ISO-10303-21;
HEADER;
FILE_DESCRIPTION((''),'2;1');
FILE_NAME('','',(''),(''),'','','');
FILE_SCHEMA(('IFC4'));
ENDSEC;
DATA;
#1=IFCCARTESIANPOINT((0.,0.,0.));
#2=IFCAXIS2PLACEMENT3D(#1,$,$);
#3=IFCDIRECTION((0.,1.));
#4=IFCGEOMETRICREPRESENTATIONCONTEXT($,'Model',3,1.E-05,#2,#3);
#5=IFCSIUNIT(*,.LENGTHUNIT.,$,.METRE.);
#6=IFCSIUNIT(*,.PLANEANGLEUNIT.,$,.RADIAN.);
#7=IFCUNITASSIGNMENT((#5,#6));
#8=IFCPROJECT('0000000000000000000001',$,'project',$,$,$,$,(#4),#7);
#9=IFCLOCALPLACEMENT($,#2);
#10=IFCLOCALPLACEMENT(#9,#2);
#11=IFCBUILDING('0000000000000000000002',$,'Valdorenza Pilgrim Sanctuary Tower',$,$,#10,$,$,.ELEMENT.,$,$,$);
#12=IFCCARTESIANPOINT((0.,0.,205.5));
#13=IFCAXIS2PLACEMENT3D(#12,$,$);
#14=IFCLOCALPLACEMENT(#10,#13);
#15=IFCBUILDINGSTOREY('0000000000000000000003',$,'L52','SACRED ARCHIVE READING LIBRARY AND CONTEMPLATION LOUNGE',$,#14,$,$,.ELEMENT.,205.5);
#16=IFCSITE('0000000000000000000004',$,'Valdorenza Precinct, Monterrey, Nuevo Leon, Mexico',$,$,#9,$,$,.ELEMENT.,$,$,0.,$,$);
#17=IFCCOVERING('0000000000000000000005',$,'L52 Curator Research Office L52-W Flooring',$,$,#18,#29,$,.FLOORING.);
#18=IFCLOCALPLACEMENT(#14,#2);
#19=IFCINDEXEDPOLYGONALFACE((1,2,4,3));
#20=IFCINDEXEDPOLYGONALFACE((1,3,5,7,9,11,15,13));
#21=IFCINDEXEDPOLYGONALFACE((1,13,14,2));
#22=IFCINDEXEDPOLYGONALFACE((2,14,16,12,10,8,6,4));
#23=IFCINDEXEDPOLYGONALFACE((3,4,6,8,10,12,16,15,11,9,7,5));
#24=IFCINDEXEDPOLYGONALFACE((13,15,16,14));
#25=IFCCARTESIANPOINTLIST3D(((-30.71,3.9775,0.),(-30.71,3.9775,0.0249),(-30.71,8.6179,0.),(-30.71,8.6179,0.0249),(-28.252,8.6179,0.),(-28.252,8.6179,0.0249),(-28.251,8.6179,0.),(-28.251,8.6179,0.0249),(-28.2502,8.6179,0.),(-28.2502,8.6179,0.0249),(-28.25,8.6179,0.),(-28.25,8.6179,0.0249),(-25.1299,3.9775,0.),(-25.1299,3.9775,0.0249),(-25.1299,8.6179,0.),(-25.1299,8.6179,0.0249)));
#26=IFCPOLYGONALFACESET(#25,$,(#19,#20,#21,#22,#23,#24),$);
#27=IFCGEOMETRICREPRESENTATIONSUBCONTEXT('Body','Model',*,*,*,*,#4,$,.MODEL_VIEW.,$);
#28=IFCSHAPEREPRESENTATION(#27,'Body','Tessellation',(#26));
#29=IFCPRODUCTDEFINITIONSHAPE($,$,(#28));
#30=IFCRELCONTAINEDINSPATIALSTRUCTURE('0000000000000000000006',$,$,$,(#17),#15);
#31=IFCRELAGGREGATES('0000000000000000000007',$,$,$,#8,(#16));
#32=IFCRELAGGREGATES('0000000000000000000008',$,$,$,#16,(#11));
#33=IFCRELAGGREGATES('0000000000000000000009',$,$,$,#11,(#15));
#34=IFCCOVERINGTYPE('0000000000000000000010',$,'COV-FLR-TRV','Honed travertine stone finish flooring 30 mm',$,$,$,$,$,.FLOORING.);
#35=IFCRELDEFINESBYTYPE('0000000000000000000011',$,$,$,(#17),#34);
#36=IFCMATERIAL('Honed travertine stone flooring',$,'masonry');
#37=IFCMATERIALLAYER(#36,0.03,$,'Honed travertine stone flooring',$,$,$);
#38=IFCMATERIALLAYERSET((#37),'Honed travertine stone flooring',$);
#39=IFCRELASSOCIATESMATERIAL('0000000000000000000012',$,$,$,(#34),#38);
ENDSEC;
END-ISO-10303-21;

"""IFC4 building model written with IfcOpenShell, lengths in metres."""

from ifc_helpers import new_model, si_unit, direction, frame, origin, place, context, subcontext, project, spatial, polyline, outline, extrude, material, layer, layer_set, type_object, element, save


model = new_model("IFC4")

# Units and contexts
model_context = context("Model", 3, precision=1e-05, world=origin(), true_north=direction((0.0, 1.0)))
body_context = subcontext(model_context, "Body", "Model", "MODEL_VIEW")
ifc_project = project(units=[si_unit("LENGTHUNIT", "METRE"), si_unit("PLANEANGLEUNIT", "RADIAN")], contexts=[model_context])

# Site, building, storey
site_placement = place(None, origin())
site = spatial("IfcSite", under=ifc_project, at=site_placement, Name="Valdorenza Precinct, Monterrey, Nuevo Leon, Mexico", CompositionType="ELEMENT", RefElevation=0.0)
building_placement = place(site_placement, origin())
building = spatial("IfcBuilding", under=site, at=building_placement, Name="Valdorenza Pilgrim Sanctuary Tower", CompositionType="ELEMENT")
storey_placement = place(building_placement, frame((0.0, 0.0, 205.5)))
storey = spatial("IfcBuildingStorey", under=building, at=storey_placement, Name="L52", Description="SACRED ARCHIVE READING LIBRARY AND CONTEMPLATION LOUNGE", CompositionType="ELEMENT", Elevation=205.5)

# Covering
ifc_material_1 = material(Name="Honed travertine stone flooring", Category="masonry")
ifc_layer_1 = layer(ifc_material_1, 0.03, Name="Honed travertine stone flooring")
ifc_layer_set_1 = layer_set([ifc_layer_1], Name="Honed travertine stone flooring")
covering_type_1 = type_object("IfcCoveringType", Name="COV-FLR-TRV", Description="Honed travertine stone finish flooring 30 mm", PredefinedType="FLOORING", material=ifc_layer_set_1)
covering_1_placement = place(storey_placement, origin())
element("IfcCovering", 1, at=covering_1_placement, inside=storey, type_object=covering_type_1, Name="L52 Curator Research Office L52-W Flooring", PredefinedType="FLOORING", context=body_context, shape_type="SweptSolid", body=[
    extrude(outline(polyline([(-28.2502, 8.6179), (-28.25, 8.6179), (-25.1299, 8.6179), (-25.1299, 3.9775), (-30.71, 3.9775), (-30.71, 8.6179), (-28.252, 8.6179), (-28.251, 8.6179), (-28.2502, 8.6179)])), origin(), (0.0, 0.0, 1.0), 0.0249),
])

save(model, "model.ifc")
